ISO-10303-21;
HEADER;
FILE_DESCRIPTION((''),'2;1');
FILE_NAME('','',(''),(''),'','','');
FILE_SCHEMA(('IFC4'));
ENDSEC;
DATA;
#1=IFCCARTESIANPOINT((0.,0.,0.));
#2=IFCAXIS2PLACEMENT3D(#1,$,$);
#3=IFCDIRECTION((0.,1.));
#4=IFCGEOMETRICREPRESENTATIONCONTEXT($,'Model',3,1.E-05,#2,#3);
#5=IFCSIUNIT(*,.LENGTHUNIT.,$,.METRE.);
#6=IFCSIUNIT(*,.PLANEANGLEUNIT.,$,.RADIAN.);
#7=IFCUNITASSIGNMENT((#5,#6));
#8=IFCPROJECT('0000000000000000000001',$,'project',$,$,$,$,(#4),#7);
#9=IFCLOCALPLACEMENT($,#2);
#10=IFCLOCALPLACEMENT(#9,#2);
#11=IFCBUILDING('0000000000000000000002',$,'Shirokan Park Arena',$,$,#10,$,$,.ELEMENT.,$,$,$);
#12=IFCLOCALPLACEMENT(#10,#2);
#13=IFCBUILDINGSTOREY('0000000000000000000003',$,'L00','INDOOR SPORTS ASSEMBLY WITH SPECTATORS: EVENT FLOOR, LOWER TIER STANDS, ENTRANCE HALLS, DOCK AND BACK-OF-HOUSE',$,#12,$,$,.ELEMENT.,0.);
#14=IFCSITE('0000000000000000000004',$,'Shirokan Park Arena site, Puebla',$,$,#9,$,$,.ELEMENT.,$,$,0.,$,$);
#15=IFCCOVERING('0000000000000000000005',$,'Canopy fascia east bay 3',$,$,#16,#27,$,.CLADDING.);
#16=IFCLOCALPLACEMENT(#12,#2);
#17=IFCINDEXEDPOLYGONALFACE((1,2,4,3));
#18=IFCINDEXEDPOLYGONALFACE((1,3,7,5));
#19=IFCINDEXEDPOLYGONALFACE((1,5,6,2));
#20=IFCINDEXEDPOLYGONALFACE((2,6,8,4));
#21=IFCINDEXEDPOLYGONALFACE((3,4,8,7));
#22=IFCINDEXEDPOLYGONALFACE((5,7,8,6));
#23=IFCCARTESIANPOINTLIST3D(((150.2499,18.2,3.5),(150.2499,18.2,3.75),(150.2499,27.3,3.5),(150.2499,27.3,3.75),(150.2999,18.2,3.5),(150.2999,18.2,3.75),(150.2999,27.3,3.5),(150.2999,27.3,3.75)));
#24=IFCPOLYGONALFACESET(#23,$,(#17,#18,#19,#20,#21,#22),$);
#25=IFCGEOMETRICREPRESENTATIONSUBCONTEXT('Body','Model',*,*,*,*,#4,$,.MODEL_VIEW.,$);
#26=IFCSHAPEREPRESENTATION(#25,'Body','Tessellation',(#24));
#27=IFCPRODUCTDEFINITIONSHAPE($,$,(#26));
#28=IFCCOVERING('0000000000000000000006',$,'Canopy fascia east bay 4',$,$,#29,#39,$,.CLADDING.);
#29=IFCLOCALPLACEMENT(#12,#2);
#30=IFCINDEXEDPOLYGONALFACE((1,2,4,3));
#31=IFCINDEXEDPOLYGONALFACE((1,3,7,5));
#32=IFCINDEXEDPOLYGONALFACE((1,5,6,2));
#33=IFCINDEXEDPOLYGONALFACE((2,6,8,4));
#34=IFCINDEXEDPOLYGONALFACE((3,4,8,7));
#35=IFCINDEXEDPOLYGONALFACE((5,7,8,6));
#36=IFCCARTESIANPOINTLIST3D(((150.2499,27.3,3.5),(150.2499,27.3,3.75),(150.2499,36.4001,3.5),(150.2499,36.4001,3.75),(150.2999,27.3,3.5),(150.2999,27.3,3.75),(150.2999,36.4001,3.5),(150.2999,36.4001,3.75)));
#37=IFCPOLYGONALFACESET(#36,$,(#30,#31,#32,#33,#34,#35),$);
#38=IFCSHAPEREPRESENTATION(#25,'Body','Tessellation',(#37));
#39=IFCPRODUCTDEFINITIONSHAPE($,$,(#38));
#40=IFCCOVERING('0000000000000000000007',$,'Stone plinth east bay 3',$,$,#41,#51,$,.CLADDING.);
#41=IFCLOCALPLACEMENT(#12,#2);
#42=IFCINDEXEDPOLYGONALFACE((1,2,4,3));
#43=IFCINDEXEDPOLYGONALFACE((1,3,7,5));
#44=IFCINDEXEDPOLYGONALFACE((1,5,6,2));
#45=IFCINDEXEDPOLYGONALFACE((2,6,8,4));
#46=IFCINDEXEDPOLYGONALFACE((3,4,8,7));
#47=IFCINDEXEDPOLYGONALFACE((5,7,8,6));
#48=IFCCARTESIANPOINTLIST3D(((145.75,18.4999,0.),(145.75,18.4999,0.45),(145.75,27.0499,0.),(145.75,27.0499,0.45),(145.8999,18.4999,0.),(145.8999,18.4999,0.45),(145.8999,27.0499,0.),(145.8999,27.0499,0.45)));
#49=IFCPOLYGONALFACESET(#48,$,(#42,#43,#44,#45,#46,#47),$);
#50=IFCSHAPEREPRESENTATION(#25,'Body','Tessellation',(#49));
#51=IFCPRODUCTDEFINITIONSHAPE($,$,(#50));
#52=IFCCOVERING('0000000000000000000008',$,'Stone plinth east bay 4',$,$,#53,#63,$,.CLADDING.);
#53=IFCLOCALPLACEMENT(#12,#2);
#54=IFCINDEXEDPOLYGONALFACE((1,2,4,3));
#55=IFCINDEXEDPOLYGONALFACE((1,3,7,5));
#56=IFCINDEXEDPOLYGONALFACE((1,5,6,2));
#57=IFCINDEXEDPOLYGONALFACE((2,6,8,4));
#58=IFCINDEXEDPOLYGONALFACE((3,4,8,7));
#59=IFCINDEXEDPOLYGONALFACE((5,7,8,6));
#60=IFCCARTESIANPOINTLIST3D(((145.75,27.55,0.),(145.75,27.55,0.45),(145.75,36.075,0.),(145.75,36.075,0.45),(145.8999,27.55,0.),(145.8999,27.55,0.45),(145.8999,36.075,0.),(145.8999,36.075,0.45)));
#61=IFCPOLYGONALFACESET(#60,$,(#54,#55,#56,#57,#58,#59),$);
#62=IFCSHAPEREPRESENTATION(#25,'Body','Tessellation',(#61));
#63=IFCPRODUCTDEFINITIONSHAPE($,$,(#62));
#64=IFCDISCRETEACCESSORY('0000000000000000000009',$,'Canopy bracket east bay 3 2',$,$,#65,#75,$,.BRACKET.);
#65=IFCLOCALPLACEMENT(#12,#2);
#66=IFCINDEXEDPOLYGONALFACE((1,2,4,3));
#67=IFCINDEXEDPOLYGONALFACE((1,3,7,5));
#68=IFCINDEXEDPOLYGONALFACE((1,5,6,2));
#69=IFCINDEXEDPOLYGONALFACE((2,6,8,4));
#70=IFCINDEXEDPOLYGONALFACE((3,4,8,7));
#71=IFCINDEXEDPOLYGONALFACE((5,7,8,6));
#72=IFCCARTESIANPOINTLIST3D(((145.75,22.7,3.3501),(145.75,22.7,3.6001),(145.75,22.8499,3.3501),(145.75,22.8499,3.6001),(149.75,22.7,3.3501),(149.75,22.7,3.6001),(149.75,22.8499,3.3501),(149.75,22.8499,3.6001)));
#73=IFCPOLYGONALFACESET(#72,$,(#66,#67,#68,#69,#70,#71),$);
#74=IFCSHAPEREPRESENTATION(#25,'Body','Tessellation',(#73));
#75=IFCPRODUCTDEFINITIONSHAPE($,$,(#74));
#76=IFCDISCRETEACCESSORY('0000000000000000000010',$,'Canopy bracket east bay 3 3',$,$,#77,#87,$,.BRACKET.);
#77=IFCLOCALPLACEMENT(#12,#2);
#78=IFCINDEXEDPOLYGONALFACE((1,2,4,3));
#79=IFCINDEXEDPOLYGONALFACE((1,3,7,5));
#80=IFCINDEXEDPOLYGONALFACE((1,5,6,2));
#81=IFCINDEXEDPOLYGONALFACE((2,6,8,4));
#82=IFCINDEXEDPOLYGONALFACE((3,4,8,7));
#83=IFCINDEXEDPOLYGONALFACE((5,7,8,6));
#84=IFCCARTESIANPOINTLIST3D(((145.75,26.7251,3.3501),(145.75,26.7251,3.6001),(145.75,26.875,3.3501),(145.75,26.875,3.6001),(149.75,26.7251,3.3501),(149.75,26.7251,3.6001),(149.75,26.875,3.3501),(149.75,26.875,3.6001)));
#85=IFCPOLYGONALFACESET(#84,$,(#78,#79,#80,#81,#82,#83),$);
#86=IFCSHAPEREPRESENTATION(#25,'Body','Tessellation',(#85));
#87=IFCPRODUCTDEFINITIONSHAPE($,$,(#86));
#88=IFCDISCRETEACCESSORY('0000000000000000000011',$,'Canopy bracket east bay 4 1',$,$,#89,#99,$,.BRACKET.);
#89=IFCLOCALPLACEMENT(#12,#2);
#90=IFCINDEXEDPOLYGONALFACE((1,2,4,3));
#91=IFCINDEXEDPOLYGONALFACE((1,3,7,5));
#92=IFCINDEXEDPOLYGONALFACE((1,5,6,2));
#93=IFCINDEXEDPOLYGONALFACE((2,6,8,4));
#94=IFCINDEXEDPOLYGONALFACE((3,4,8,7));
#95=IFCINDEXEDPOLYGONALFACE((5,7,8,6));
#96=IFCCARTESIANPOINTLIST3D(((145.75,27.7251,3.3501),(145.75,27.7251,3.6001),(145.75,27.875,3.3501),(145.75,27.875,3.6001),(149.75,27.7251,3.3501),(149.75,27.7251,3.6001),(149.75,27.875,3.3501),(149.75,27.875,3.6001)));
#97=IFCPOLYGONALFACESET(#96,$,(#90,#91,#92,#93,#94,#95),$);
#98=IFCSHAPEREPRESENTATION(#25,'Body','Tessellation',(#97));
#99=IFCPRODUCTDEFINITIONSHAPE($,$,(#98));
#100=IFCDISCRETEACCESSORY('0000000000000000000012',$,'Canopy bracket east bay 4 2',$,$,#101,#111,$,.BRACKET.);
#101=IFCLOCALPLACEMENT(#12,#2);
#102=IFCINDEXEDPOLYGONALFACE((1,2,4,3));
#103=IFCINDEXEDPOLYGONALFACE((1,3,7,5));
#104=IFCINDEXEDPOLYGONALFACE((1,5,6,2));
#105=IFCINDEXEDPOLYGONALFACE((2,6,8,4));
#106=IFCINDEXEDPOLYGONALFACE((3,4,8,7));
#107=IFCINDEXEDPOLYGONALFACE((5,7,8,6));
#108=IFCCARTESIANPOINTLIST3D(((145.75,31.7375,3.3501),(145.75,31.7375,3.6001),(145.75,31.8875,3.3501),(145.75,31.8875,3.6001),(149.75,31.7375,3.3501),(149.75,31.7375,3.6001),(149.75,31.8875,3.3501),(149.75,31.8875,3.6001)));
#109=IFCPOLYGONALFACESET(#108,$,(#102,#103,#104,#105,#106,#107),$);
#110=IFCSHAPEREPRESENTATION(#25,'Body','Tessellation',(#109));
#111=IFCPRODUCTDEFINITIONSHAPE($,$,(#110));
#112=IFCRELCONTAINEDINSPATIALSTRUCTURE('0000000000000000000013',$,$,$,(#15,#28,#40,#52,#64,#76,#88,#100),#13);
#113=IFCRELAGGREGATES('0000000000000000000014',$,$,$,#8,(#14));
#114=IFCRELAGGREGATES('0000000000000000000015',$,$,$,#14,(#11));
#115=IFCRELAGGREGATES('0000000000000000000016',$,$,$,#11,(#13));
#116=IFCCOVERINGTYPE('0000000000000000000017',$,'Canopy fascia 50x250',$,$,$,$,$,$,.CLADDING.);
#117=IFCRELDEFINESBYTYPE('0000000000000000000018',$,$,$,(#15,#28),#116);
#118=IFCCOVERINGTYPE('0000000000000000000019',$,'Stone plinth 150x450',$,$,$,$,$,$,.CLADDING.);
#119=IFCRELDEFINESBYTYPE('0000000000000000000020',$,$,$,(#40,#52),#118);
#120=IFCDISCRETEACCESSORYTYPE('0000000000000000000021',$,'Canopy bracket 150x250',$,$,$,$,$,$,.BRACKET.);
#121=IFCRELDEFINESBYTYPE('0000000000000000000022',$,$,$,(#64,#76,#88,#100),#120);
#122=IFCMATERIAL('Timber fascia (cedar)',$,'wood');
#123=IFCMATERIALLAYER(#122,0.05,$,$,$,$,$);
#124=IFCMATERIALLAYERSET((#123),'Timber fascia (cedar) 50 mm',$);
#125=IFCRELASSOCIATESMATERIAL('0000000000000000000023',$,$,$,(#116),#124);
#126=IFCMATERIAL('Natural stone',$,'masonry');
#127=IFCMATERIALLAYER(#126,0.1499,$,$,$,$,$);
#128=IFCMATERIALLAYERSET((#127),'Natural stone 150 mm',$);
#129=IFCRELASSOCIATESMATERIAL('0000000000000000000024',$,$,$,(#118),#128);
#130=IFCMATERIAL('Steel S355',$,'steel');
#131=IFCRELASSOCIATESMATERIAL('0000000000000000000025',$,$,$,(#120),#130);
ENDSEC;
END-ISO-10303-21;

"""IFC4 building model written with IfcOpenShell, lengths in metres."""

from ifc_helpers import new_model, si_unit, direction, frame, origin, origin_2d, place, context, subcontext, project, spatial, rectangle, extrude, material, layer, layer_set, type_object, element, save


model = new_model("IFC4")

# Units and contexts
model_context = context("Model", 3, precision=1e-05, world=origin(), true_north=direction((0.0, 1.0)))
body_context = subcontext(model_context, "Body", "Model", "MODEL_VIEW")
ifc_project = project(units=[si_unit("LENGTHUNIT", "METRE"), si_unit("PLANEANGLEUNIT", "RADIAN")], contexts=[model_context])

# Site, building, storey
site_placement = place(None, origin())
site = spatial("IfcSite", under=ifc_project, at=site_placement, Name="Shirokan Park Arena site, Puebla", CompositionType="ELEMENT", RefElevation=0.0)
building_placement = place(site_placement, origin())
building = spatial("IfcBuilding", under=site, at=building_placement, Name="Shirokan Park Arena", CompositionType="ELEMENT")
storey_placement = place(building_placement, origin())
storey = spatial("IfcBuildingStorey", under=building, at=storey_placement, Name="L00", Description="INDOOR SPORTS ASSEMBLY WITH SPECTATORS: EVENT FLOOR, LOWER TIER STANDS, ENTRANCE HALLS, DOCK AND BACK-OF-HOUSE", CompositionType="ELEMENT", Elevation=0.0)

# Shared definitions
ifc_material_1 = material(Name="Steel S355", Category="steel")

# Coverings
ifc_material_2 = material(Name="Timber fascia (cedar)", Category="wood")
ifc_layer_1 = layer(ifc_material_2, 0.05)
ifc_layer_set_1 = layer_set([ifc_layer_1], Name="Timber fascia (cedar) 50 mm")
covering_type_1 = type_object("IfcCoveringType", Name="Canopy fascia 50x250", PredefinedType="CLADDING", material=ifc_layer_set_1)
for number, where, z_axis, x_axis, name in (
    (1, (150.2749, 22.75, 3.5), (0.0, 0.0, 1.0), (0.0, 1.0, 0.0), "Canopy fascia east bay 3"),
    (2, (150.2749, 31.8501, 3.5), (0.0, 0.0, 1.0), (0.0, 1.0, 0.0), "Canopy fascia east bay 4"),
):
    element("IfcCovering", number, at=place(storey_placement, frame(where, z_axis=z_axis, x_axis=x_axis)), inside=storey, type_object=covering_type_1, Name=name, PredefinedType="CLADDING", context=body_context, shape_type="SweptSolid", body=[
        extrude(rectangle(XDim=9.1001, YDim=0.05, at=origin_2d()), origin(), (0.0, 0.0, 1.0), 0.25),
    ])

# Coverings
ifc_material_3 = material(Name="Natural stone", Category="masonry")
ifc_layer_2 = layer(ifc_material_3, 0.1499)
ifc_layer_set_2 = layer_set([ifc_layer_2], Name="Natural stone 150 mm")
covering_type_2 = type_object("IfcCoveringType", Name="Stone plinth 150x450", PredefinedType="CLADDING", material=ifc_layer_set_2)
covering_1_placement = place(storey_placement, frame((145.825, 22.7749, 0.0), z_axis=(0.0, 0.0, 1.0), x_axis=(0.0, 1.0, 0.0)))
element("IfcCovering", 3, at=covering_1_placement, inside=storey, type_object=covering_type_2, Name="Stone plinth east bay 3", PredefinedType="CLADDING", context=body_context, shape_type="SweptSolid", body=[
    extrude(rectangle(XDim=8.55, YDim=0.1499, at=origin_2d()), origin(), (0.0, 0.0, 1.0), 0.45),
])
covering_2_placement = place(storey_placement, frame((145.825, 31.8125, 0.0), z_axis=(0.0, 0.0, 1.0), x_axis=(0.0, 1.0, 0.0)))
element("IfcCovering", 4, at=covering_2_placement, inside=storey, type_object=covering_type_2, Name="Stone plinth east bay 4", PredefinedType="CLADDING", context=body_context, shape_type="SweptSolid", body=[
    extrude(rectangle(XDim=8.5249, YDim=0.1499, at=origin_2d()), origin(), (0.0, 0.0, 1.0), 0.45),
])

# Discrete accessories
discrete_accessory_type = type_object("IfcDiscreteAccessoryType", Name="Canopy bracket 150x250", PredefinedType="BRACKET", material=ifc_material_1)
for number, where, z_axis, x_axis, name in (
    (5, (147.75, 22.7749, 3.3501), (0.0, 0.0, 1.0), (0.0, 1.0, 0.0), "Canopy bracket east bay 3 2"),
    (6, (147.75, 26.8, 3.3501), (0.0, 0.0, 1.0), (0.0, 1.0, 0.0), "Canopy bracket east bay 3 3"),
    (7, (147.75, 27.8, 3.3501), (0.0, 0.0, 1.0), (0.0, 1.0, 0.0), "Canopy bracket east bay 4 1"),
    (8, (147.75, 31.8125, 3.3501), (0.0, 0.0, 1.0), (0.0, 1.0, 0.0), "Canopy bracket east bay 4 2"),
):
    element("IfcDiscreteAccessory", number, at=place(storey_placement, frame(where, z_axis=z_axis, x_axis=x_axis)), inside=storey, type_object=discrete_accessory_type, Name=name, PredefinedType="BRACKET", context=body_context, shape_type="SweptSolid", body=[
        extrude(rectangle(XDim=0.1499, YDim=4.0, at=origin_2d()), origin(), (0.0, 0.0, 1.0), 0.25),
    ])

save(model, "model.ifc")
